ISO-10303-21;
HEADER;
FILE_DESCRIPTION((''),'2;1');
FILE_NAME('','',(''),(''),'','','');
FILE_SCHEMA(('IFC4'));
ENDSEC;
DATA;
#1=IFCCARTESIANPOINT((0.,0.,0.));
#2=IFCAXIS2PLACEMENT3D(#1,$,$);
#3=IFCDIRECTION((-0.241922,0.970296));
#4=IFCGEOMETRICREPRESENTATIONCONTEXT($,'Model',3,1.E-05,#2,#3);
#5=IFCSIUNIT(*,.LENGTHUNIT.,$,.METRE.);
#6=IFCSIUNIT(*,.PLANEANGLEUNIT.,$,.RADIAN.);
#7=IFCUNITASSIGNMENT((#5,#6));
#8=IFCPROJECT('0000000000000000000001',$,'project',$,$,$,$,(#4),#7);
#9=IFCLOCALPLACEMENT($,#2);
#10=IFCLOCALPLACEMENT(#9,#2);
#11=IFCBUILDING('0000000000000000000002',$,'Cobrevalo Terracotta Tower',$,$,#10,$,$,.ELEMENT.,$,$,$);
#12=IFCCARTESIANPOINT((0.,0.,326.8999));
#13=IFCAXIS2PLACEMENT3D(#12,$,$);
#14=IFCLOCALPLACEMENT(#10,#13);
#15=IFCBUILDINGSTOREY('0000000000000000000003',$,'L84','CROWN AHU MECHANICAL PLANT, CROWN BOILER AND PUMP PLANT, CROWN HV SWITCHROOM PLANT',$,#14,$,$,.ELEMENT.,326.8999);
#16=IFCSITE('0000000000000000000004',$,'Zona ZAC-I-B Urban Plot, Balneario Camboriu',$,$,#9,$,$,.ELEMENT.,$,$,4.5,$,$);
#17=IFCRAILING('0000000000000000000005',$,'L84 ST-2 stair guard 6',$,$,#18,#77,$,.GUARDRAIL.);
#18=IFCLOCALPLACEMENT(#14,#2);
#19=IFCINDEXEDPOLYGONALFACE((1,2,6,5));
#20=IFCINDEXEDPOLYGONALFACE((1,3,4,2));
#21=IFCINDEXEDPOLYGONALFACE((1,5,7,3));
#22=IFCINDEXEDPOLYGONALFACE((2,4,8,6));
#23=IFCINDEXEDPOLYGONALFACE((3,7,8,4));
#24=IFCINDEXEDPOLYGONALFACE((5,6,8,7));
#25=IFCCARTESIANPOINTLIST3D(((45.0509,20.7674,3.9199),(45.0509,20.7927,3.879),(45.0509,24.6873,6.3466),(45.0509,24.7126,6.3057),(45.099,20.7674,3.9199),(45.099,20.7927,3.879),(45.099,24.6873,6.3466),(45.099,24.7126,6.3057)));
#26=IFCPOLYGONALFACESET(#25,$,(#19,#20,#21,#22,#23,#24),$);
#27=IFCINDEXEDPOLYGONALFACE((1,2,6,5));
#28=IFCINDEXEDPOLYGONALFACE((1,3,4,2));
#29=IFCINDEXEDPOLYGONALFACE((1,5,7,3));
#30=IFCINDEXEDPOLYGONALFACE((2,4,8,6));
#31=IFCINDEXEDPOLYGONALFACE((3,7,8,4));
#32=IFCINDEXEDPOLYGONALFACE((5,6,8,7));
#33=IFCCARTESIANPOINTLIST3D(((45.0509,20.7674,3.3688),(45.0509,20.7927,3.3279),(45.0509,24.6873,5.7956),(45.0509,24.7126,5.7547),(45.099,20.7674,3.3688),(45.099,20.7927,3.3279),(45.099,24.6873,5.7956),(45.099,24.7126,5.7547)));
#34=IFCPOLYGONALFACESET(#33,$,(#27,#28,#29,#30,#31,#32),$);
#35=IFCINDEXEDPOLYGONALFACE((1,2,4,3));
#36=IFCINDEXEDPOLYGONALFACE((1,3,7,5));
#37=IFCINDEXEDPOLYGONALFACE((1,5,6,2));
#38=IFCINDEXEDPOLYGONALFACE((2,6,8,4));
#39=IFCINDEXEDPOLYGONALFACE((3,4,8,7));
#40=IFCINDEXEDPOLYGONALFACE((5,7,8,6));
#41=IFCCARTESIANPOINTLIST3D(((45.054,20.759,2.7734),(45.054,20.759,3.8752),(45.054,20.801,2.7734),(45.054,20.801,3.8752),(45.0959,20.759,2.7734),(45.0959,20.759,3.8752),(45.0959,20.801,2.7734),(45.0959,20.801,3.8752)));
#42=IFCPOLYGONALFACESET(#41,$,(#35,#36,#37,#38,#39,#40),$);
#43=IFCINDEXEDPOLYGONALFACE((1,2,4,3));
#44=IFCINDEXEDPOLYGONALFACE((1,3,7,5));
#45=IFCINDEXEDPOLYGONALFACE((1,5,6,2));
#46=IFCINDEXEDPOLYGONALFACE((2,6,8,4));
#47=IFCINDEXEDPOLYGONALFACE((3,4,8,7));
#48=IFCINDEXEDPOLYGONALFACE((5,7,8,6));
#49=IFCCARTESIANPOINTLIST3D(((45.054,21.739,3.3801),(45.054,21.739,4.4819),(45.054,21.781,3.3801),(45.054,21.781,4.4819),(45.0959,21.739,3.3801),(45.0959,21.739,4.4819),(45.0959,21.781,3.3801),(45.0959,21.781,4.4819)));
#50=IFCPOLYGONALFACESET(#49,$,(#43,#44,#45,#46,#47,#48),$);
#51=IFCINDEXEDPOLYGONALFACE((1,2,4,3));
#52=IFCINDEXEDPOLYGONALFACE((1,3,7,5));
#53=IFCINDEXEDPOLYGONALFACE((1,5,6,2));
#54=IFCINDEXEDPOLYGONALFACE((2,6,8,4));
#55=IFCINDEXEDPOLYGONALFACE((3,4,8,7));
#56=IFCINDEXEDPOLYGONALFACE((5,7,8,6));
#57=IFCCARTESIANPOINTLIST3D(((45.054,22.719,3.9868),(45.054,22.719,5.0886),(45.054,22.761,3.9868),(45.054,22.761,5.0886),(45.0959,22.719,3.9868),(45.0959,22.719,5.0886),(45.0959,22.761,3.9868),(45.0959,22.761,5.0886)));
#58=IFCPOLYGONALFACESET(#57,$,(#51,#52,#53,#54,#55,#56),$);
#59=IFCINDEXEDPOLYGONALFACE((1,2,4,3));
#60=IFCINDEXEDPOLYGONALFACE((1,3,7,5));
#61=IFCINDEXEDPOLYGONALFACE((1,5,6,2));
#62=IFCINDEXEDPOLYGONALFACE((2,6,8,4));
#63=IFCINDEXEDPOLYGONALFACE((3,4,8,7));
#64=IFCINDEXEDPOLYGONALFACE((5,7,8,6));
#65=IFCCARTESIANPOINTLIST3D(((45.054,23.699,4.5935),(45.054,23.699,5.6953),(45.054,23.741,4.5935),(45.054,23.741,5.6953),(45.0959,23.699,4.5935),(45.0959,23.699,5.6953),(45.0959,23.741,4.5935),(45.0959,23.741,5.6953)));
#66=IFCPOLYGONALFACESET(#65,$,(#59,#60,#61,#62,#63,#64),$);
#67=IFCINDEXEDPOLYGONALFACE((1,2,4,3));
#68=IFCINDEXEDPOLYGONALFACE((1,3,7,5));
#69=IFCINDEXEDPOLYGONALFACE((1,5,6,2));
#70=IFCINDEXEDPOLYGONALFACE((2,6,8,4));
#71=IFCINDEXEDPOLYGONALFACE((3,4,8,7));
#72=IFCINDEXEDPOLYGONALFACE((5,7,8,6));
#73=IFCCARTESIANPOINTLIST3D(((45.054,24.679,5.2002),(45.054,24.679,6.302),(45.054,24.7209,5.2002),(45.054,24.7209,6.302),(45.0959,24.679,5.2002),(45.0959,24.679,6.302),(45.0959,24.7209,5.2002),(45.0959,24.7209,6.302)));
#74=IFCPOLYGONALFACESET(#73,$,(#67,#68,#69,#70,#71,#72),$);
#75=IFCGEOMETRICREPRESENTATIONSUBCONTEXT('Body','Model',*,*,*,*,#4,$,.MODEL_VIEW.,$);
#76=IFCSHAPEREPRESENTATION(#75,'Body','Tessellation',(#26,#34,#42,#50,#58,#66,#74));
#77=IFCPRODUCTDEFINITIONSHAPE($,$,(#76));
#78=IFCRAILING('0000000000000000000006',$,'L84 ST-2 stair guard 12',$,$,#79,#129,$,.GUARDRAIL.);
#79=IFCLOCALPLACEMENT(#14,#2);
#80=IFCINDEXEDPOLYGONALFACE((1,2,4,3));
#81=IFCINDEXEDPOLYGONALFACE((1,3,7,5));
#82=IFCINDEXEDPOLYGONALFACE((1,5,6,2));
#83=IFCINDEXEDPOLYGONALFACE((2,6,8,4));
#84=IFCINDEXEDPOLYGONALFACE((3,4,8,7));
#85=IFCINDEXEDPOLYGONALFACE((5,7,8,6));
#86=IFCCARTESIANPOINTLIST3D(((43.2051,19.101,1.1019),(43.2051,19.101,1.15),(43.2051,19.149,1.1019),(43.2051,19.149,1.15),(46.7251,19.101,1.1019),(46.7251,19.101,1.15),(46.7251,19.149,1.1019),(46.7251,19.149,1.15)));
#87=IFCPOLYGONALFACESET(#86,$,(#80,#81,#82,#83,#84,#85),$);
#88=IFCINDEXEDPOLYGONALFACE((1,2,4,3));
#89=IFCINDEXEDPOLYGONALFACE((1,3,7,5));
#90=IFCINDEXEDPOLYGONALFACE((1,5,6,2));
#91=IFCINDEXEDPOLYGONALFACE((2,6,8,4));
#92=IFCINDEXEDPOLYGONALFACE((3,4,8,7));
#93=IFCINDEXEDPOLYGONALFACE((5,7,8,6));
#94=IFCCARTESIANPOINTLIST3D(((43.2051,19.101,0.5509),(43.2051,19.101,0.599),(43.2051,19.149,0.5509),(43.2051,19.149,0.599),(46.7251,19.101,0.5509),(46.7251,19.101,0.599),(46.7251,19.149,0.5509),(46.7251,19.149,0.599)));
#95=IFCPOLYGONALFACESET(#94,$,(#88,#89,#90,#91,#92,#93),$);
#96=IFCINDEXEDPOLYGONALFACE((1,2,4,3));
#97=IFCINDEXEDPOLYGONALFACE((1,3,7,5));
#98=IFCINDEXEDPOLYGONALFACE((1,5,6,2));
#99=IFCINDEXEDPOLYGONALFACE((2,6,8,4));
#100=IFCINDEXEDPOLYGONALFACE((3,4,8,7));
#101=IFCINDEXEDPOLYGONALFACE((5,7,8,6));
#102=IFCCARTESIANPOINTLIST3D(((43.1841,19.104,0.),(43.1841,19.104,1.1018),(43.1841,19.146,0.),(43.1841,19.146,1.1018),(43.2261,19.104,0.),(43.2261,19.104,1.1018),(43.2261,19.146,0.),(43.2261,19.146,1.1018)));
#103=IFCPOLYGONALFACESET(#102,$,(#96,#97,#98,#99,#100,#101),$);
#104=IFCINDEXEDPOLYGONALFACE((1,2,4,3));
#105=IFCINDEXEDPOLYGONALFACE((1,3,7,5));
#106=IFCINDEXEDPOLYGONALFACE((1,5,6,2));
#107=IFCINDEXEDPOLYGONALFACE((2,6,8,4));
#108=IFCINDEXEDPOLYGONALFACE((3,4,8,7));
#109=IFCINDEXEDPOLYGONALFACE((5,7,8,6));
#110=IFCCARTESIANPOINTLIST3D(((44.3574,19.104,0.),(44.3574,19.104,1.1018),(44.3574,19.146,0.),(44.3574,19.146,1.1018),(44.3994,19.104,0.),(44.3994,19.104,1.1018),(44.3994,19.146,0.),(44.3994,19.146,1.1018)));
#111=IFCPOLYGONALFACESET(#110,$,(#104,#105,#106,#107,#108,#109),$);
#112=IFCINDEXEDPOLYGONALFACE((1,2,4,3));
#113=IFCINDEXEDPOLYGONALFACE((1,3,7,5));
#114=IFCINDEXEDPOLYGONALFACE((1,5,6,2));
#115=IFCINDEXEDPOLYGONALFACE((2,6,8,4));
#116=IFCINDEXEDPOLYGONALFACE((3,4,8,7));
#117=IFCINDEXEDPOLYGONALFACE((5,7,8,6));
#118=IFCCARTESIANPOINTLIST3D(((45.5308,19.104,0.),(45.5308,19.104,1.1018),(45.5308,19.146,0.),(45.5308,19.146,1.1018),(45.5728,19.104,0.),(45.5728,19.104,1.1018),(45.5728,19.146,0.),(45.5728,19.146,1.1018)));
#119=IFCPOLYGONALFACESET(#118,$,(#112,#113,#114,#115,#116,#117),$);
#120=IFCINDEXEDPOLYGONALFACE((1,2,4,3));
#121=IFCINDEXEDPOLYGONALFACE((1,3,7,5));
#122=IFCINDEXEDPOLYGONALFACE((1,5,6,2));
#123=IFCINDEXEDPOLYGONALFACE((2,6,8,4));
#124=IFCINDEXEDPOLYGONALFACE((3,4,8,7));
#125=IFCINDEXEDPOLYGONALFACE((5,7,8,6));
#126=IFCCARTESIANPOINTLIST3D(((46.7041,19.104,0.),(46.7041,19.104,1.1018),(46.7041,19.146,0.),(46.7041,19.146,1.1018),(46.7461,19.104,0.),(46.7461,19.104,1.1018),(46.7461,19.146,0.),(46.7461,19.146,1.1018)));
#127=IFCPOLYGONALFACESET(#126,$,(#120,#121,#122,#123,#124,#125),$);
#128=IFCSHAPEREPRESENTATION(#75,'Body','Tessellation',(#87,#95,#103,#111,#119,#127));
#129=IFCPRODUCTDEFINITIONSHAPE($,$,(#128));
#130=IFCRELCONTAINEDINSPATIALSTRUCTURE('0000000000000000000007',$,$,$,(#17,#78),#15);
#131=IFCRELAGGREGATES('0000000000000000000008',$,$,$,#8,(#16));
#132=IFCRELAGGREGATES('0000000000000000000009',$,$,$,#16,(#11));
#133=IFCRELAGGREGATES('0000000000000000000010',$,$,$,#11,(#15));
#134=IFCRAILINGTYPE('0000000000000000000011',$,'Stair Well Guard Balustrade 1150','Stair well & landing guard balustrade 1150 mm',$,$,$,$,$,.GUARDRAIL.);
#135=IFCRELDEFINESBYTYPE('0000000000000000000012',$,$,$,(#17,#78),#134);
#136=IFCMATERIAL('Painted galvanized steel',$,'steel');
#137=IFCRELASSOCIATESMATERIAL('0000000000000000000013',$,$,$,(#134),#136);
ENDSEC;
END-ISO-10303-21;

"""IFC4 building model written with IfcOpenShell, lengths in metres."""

from ifc_helpers import new_model, si_unit, direction, frame, origin, origin_2d, place, context, subcontext, project, spatial, rectangle, extrude, material, type_object, element, save


model = new_model("IFC4")

# Units and contexts
model_context = context("Model", 3, precision=1e-05, world=origin(), true_north=direction((-0.241922, 0.970296)))
body_context = subcontext(model_context, "Body", "Model", "MODEL_VIEW")
ifc_project = project(units=[si_unit("LENGTHUNIT", "METRE"), si_unit("PLANEANGLEUNIT", "RADIAN")], contexts=[model_context])

# Site, building, storey
site_placement = place(None, origin())
site = spatial("IfcSite", under=ifc_project, at=site_placement, Name="Zona ZAC-I-B Urban Plot, Balneario Camboriu", CompositionType="ELEMENT", RefElevation=4.5)
building_placement = place(site_placement, origin())
building = spatial("IfcBuilding", under=site, at=building_placement, Name="Cobrevalo Terracotta Tower", CompositionType="ELEMENT")
storey_placement = place(building_placement, frame((0.0, 0.0, 326.8999)))
storey = spatial("IfcBuildingStorey", under=building, at=storey_placement, Name="L84", Description="CROWN AHU MECHANICAL PLANT, CROWN BOILER AND PUMP PLANT, CROWN HV SWITCHROOM PLANT", CompositionType="ELEMENT", Elevation=326.8999)

# Railings
ifc_material_1 = material(Name="Painted galvanized steel", Category="steel")
railing_type_1 = type_object("IfcRailingType", Name="Stair Well Guard Balustrade 1150", Description="Stair well & landing guard balustrade 1150 mm", PredefinedType="GUARDRAIL", material=ifc_material_1)
railing_1_placement = place(storey_placement, frame((45.075, 20.78, 2.7734)))
element("IfcRailing", 1, at=railing_1_placement, inside=storey, type_object=railing_type_1, Name="L84 ST-2 stair guard 6", PredefinedType="GUARDRAIL", context=body_context, shape_type="SweptSolid", body=[
    extrude(rectangle(XDim=0.0481, YDim=0.0481, at=origin_2d()), frame((0.0, 0.0, 1.126), z_axis=(0.0, 0.850252, 0.526376), x_axis=(-1.0, 0.0, 0.0)), (0.0, 0.0, 1.0), 4.6104),
    extrude(rectangle(XDim=0.0481, YDim=0.0481, at=origin_2d()), frame((0.0, 0.0, 0.575), z_axis=(0.0, 0.850252, 0.526376), x_axis=(-1.0, 0.0, 0.0)), (0.0, 0.0, 1.0), 4.6104),
    extrude(rectangle(XDim=0.042, YDim=0.042, at=origin_2d()), origin(), (0.0, 0.0, 1.0), 1.1018),
    extrude(rectangle(XDim=0.042, YDim=0.042, at=origin_2d()), frame((0.0, 0.98, 0.6067)), (0.0, 0.0, 1.0), 1.1018),
    extrude(rectangle(XDim=0.042, YDim=0.042, at=origin_2d()), frame((0.0, 1.96, 1.2134)), (0.0, 0.0, 1.0), 1.1018),
    extrude(rectangle(XDim=0.042, YDim=0.042, at=origin_2d()), frame((0.0, 2.9399, 1.8201)), (0.0, 0.0, 1.0), 1.1018),
    extrude(rectangle(XDim=0.042, YDim=0.042, at=origin_2d()), frame((0.0, 3.9199, 2.4268)), (0.0, 0.0, 1.0), 1.1018),
])
railing_2_placement = place(storey_placement, frame((43.2051, 19.125, 0.0)))
element("IfcRailing", 2, at=railing_2_placement, inside=storey, type_object=railing_type_1, Name="L84 ST-2 stair guard 12", PredefinedType="GUARDRAIL", context=body_context, shape_type="SweptSolid", body=[
    extrude(rectangle(XDim=0.0481, YDim=0.0481, at=origin_2d()), frame((0.0, 0.0, 1.126), z_axis=(1.0, 0.0, 0.0), x_axis=(0.0, 1.0, 0.0)), (0.0, 0.0, 1.0), 3.52),
    extrude(rectangle(XDim=0.0481, YDim=0.0481, at=origin_2d()), frame((0.0, 0.0, 0.575), z_axis=(1.0, 0.0, 0.0), x_axis=(0.0, 1.0, 0.0)), (0.0, 0.0, 1.0), 3.52),
    extrude(rectangle(XDim=0.042, YDim=0.042, at=origin_2d()), origin(), (0.0, 0.0, 1.0), 1.1018),
    extrude(rectangle(XDim=0.042, YDim=0.042, at=origin_2d()), frame((1.1733, 0.0, 0.0)), (0.0, 0.0, 1.0), 1.1018),
    extrude(rectangle(XDim=0.042, YDim=0.042, at=origin_2d()), frame((2.3467, 0.0, 0.0)), (0.0, 0.0, 1.0), 1.1018),
    extrude(rectangle(XDim=0.042, YDim=0.042, at=origin_2d()), frame((3.52, 0.0, 0.0)), (0.0, 0.0, 1.0), 1.1018),
])

save(model, "model.ifc")
